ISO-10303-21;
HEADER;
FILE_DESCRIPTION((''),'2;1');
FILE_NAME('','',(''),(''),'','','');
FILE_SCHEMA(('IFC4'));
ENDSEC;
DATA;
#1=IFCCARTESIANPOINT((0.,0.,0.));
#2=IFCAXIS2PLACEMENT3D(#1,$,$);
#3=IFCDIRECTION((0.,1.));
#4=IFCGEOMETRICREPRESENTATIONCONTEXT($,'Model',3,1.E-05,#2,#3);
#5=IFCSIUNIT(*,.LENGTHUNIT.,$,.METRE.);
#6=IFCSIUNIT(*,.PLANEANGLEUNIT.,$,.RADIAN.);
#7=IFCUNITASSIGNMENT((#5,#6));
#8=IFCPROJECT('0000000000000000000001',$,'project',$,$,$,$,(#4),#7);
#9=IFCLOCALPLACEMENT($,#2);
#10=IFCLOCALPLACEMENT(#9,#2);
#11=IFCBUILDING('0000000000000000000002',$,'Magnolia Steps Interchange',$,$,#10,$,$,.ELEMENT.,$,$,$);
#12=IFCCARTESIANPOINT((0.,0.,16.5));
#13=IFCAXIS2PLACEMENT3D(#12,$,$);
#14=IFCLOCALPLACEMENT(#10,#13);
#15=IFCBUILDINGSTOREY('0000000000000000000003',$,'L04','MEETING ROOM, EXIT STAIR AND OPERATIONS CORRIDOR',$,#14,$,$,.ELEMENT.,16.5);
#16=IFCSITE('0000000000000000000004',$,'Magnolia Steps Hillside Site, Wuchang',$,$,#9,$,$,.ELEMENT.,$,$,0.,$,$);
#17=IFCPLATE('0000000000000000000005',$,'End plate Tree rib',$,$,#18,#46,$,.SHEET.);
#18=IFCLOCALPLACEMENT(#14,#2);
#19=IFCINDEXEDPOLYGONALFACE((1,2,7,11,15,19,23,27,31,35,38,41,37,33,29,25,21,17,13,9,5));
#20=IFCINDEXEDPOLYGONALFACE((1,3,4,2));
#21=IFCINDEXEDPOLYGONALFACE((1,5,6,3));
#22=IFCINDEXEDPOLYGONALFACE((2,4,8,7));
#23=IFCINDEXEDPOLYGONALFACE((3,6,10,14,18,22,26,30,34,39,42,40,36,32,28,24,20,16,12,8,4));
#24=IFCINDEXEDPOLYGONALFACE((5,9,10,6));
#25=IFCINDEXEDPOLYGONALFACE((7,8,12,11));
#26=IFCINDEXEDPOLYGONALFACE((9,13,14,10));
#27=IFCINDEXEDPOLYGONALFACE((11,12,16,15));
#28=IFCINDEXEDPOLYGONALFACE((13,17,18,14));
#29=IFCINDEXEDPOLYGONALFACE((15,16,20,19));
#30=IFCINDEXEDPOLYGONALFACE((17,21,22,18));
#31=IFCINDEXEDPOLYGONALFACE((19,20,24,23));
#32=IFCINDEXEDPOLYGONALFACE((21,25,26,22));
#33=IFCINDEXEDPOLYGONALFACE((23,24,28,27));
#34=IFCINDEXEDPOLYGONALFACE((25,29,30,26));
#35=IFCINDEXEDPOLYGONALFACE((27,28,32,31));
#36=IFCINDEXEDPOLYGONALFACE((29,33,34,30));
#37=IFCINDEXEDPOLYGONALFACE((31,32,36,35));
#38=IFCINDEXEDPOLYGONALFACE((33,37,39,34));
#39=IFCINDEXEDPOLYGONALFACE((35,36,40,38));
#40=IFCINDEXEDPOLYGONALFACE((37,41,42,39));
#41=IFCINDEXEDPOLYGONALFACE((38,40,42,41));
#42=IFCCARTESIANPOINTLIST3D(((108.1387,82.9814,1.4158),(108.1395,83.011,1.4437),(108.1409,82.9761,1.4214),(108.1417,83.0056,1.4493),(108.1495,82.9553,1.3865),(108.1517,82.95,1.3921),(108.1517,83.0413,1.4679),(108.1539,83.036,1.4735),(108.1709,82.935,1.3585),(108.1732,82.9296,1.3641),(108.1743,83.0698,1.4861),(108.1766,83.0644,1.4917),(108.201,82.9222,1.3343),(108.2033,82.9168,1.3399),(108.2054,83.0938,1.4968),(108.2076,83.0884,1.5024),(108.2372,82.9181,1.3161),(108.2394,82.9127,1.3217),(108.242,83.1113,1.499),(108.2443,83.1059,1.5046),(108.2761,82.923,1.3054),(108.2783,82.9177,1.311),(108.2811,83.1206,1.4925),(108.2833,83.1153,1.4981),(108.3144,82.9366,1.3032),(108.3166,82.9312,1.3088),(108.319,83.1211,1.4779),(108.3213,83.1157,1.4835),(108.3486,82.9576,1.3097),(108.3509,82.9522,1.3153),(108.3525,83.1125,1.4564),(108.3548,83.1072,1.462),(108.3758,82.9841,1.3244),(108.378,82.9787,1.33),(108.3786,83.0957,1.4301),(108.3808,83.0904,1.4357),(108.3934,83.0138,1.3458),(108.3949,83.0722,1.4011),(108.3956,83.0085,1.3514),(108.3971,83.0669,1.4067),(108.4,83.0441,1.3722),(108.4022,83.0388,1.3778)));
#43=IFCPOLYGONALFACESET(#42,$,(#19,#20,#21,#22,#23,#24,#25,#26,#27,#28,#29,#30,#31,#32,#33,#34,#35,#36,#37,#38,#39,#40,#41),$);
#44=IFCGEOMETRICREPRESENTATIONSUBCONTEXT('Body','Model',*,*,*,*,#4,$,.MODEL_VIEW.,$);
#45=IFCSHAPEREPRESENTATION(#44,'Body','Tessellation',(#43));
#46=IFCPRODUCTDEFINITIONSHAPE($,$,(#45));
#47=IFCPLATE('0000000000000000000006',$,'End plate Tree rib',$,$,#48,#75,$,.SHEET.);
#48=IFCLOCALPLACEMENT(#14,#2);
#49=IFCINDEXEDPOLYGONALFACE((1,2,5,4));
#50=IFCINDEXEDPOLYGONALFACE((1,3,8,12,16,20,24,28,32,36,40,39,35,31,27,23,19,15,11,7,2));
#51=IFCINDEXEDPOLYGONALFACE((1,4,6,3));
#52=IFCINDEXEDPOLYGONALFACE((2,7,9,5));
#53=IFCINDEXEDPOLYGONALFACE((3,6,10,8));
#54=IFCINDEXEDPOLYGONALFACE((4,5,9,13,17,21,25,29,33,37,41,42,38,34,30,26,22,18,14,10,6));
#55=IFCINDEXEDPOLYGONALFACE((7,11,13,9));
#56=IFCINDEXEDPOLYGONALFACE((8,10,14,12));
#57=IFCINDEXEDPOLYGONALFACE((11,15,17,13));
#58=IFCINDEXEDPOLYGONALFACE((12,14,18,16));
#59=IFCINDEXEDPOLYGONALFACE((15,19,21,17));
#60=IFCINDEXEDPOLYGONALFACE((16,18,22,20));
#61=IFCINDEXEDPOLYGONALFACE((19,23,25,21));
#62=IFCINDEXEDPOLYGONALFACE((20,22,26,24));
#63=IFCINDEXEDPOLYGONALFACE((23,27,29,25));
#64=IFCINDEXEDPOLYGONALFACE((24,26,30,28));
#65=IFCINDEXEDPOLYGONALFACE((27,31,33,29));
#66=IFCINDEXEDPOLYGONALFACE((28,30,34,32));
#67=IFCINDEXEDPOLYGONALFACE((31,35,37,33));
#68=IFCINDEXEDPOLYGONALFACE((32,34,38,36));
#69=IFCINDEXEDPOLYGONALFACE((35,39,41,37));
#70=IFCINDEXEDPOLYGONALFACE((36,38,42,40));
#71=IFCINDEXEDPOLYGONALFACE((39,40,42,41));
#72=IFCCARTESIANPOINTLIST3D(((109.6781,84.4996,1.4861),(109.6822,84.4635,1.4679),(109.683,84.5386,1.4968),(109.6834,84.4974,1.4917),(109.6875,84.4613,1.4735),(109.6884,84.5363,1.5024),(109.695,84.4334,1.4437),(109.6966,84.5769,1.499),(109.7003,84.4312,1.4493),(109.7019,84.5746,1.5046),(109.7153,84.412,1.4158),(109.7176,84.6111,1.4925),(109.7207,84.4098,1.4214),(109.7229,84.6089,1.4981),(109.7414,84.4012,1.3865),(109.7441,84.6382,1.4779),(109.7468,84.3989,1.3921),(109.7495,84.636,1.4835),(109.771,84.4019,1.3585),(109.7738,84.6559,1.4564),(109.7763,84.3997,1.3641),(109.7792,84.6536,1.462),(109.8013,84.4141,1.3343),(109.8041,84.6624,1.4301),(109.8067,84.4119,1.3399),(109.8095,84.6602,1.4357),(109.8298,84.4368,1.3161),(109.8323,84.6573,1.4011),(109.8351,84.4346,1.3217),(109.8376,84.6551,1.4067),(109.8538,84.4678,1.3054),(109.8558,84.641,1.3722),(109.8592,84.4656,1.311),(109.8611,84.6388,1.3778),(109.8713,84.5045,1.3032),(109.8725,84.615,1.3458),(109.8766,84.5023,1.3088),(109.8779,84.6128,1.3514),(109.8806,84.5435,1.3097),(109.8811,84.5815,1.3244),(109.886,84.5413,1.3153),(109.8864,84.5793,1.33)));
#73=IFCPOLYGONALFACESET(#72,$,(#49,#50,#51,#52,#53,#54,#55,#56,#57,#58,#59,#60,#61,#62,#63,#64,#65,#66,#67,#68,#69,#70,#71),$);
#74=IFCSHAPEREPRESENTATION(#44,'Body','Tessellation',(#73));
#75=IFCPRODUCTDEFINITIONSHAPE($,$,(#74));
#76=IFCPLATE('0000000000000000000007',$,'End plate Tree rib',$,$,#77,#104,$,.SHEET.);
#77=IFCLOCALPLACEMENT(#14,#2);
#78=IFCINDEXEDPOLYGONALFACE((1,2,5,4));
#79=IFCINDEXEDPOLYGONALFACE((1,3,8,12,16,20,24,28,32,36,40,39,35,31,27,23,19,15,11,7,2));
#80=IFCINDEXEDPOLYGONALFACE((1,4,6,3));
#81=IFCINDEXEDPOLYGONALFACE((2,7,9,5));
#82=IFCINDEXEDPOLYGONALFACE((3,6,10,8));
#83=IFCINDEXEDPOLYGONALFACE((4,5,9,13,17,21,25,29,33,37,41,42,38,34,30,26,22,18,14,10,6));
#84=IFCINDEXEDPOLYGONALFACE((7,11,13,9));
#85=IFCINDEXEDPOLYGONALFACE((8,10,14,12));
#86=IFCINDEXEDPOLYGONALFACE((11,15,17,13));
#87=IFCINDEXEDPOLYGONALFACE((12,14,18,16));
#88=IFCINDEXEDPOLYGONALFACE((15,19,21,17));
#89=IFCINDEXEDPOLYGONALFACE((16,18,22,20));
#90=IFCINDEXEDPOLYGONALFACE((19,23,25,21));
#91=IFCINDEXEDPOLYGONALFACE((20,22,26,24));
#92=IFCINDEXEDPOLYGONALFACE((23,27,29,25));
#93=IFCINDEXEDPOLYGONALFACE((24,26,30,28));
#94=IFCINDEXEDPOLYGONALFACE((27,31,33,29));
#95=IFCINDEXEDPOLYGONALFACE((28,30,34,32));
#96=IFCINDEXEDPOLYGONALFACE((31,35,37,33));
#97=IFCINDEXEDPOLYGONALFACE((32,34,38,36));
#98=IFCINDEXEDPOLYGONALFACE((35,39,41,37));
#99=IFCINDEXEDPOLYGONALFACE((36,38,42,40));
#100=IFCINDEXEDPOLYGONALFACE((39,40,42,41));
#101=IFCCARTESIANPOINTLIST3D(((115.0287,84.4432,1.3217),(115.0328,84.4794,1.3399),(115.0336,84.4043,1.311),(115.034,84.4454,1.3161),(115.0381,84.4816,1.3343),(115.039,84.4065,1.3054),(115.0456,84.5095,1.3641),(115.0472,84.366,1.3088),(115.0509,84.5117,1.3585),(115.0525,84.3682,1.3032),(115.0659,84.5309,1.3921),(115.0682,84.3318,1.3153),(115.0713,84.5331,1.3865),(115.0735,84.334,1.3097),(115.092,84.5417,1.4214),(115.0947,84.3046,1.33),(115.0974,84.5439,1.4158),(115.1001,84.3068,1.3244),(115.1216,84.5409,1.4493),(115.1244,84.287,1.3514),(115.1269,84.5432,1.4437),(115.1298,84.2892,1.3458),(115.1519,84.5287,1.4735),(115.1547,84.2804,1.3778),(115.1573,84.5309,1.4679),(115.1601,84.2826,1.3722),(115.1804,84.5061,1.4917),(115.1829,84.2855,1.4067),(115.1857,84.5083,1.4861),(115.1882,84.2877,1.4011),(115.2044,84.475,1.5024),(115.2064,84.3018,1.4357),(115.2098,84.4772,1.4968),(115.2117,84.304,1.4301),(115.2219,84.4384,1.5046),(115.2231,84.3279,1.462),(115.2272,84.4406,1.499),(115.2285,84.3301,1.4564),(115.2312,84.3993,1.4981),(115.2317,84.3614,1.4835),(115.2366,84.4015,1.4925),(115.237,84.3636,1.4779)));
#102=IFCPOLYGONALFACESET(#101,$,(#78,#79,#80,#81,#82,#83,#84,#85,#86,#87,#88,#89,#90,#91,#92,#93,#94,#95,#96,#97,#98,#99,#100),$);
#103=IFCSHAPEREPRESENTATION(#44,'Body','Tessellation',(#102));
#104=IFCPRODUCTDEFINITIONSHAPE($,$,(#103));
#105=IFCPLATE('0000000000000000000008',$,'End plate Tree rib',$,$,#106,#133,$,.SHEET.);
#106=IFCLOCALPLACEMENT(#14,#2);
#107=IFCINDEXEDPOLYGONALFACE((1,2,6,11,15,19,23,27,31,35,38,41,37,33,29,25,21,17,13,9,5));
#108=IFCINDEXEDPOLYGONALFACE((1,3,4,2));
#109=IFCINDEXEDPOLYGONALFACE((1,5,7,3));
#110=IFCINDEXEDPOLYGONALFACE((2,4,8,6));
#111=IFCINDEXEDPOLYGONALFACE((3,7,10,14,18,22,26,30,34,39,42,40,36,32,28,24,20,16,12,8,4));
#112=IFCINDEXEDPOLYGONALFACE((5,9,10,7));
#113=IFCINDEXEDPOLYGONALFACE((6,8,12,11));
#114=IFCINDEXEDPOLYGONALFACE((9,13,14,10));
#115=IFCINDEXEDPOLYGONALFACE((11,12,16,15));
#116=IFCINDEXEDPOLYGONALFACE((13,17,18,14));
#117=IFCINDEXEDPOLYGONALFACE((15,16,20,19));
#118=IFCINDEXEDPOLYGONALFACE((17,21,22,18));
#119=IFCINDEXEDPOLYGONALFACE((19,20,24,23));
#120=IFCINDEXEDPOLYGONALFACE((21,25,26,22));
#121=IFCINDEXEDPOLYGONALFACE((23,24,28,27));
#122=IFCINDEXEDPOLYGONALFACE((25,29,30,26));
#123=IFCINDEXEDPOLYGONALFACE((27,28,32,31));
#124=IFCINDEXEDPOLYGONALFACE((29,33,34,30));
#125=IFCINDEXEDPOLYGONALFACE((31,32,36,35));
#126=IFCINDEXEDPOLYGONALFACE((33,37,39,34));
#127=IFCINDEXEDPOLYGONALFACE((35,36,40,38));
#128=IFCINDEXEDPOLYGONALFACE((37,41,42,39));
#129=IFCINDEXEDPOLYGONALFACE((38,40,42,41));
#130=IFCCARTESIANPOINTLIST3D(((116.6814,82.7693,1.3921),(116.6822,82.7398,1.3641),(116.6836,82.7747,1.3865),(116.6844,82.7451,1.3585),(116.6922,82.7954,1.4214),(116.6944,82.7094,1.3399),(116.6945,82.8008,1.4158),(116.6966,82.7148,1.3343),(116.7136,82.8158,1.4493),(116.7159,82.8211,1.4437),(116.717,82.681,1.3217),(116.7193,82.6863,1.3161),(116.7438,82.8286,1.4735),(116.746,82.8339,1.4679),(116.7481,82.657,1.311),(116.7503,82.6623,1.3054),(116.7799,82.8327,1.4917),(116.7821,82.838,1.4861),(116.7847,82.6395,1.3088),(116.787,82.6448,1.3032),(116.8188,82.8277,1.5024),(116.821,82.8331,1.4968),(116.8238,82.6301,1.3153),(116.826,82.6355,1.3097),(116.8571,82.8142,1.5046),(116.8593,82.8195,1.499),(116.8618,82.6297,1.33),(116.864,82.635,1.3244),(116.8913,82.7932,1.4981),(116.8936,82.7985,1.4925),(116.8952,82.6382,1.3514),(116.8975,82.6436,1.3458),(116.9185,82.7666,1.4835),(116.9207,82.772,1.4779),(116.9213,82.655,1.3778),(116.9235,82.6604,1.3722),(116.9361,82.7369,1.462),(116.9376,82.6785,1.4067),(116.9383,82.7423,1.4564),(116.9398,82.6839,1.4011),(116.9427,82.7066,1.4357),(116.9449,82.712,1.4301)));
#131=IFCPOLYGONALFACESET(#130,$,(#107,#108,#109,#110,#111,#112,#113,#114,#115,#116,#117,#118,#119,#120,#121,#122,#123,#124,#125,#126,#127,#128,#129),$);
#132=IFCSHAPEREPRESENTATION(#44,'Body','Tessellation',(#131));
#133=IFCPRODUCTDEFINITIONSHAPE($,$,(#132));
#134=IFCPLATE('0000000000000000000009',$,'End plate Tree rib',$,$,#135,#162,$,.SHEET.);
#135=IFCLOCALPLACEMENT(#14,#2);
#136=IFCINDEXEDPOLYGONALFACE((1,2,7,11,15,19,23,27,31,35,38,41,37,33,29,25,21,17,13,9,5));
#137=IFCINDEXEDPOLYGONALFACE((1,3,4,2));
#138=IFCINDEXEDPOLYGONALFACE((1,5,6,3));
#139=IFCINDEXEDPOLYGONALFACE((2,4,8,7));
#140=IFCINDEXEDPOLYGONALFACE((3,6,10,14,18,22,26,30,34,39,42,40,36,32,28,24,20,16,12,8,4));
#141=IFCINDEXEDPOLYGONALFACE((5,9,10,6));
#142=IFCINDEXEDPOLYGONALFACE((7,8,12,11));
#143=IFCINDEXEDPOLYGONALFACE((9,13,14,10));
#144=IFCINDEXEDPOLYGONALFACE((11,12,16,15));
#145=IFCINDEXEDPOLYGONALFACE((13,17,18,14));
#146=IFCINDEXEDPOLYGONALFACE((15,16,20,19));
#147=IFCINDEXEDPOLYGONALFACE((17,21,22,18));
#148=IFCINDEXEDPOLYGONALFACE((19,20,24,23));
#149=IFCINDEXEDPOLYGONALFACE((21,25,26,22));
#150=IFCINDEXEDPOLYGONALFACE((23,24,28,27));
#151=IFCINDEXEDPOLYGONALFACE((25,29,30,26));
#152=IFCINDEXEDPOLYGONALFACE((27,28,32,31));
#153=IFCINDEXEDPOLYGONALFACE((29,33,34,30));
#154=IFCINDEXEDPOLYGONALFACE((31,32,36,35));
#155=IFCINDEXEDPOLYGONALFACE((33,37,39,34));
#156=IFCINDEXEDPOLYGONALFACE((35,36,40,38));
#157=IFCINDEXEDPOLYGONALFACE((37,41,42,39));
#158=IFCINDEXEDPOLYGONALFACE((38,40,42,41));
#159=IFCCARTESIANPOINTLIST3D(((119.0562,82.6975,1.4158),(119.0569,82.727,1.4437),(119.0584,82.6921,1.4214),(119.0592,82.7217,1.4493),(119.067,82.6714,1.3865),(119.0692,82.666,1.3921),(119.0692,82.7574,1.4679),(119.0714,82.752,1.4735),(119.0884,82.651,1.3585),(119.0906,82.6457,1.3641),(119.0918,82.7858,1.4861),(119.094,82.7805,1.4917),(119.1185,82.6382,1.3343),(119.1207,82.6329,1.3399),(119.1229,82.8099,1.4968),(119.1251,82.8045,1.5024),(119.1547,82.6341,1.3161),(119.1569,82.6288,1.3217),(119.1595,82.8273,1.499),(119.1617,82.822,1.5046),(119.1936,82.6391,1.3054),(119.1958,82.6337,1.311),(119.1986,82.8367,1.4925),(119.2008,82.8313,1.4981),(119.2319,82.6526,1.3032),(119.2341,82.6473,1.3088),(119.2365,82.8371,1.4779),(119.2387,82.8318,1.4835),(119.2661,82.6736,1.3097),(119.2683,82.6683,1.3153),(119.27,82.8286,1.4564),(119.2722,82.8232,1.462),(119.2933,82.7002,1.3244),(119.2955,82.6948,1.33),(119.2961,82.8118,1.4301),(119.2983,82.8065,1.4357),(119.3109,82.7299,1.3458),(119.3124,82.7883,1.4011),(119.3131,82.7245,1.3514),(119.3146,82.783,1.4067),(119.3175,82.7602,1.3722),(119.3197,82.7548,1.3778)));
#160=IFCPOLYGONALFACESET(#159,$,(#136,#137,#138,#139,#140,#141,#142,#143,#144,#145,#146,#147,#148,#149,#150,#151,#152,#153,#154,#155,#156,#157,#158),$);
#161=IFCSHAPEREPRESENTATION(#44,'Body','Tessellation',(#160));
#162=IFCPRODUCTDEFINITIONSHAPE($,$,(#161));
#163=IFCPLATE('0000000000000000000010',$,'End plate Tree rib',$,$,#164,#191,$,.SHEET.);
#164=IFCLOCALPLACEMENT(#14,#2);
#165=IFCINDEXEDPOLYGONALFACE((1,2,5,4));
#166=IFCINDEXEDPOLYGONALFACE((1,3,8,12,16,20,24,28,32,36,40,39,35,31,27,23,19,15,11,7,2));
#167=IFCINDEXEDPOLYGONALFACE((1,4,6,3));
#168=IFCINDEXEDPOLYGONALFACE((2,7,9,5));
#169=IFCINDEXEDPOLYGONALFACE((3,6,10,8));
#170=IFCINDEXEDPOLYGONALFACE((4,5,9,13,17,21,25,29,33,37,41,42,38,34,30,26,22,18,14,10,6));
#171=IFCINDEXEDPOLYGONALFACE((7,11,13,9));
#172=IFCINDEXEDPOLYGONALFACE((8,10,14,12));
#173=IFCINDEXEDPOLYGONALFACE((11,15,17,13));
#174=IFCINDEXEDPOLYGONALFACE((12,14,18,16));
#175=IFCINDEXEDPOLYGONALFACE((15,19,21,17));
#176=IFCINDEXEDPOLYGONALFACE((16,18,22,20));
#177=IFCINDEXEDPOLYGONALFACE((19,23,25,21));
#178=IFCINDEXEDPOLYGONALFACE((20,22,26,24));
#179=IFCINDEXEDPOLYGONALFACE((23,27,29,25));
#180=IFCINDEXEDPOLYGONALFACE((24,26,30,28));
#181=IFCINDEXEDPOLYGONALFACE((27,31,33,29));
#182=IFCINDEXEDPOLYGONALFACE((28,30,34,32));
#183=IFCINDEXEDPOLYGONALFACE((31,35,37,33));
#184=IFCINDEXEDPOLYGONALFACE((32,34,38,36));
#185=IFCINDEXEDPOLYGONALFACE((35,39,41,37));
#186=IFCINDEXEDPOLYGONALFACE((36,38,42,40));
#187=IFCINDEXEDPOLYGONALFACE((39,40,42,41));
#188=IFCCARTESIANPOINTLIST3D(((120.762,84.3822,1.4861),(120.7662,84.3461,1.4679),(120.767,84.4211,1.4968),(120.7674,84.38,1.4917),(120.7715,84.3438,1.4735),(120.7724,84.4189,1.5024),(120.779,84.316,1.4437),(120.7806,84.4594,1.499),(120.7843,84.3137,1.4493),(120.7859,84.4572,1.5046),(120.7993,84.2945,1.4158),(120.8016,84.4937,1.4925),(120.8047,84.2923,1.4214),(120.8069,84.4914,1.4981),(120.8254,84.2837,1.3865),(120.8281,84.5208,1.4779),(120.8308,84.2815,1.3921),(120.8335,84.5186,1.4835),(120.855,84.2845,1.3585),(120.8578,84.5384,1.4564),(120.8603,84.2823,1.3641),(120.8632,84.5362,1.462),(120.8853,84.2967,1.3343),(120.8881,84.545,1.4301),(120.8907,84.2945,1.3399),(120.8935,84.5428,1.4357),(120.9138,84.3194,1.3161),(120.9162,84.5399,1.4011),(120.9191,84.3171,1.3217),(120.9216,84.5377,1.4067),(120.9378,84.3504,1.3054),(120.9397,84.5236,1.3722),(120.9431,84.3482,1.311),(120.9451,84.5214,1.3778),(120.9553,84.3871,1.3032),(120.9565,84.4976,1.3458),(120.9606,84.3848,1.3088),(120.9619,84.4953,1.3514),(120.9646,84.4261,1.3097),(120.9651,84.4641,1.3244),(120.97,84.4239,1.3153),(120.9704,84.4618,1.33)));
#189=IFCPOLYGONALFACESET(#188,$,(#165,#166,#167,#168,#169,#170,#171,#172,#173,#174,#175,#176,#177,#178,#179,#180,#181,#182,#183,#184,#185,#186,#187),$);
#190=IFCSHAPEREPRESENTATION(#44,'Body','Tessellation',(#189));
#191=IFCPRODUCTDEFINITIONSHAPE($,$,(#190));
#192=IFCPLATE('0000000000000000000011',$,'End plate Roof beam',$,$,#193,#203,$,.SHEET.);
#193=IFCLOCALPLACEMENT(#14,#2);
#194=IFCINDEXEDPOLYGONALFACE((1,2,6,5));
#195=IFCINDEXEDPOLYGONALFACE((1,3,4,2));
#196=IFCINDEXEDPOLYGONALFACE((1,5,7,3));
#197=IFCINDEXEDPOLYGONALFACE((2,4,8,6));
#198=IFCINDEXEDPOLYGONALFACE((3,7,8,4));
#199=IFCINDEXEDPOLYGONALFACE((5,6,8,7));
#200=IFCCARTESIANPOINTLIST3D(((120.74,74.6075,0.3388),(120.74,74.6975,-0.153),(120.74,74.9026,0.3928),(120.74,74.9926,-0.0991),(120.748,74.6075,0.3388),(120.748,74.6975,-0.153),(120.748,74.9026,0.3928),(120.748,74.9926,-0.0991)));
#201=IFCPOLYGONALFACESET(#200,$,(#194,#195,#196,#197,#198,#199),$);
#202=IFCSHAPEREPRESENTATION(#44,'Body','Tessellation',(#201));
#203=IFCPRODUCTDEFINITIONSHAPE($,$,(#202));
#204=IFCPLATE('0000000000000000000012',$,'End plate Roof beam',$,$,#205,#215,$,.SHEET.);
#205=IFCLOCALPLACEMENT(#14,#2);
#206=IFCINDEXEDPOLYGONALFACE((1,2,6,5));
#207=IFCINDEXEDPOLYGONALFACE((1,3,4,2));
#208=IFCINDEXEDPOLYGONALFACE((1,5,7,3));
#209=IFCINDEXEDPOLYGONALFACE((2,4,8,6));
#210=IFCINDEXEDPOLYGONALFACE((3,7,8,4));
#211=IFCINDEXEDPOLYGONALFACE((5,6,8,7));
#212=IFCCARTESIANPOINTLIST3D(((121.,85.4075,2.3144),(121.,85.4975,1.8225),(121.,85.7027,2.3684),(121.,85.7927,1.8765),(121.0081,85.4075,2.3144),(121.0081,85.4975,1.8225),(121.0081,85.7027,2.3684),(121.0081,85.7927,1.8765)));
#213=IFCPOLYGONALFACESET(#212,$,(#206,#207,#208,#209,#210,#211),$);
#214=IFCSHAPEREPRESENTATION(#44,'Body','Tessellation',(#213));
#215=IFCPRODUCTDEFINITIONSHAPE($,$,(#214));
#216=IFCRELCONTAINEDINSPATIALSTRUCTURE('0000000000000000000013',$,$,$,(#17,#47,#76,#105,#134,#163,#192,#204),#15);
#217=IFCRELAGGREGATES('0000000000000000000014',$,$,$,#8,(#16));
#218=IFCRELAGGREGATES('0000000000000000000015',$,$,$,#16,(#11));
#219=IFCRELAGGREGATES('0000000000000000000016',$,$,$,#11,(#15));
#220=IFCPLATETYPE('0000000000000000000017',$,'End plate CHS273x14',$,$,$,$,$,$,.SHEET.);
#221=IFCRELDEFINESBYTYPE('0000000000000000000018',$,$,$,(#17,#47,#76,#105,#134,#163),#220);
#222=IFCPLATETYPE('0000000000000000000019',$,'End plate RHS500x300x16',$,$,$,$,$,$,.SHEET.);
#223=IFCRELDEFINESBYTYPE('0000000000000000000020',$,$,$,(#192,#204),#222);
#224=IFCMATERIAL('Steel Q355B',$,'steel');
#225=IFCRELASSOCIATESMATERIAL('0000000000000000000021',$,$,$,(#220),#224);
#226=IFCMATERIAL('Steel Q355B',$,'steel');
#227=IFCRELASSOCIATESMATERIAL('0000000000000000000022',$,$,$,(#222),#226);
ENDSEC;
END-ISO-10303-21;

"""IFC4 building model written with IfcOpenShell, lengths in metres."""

from ifc_helpers import new_model, si_unit, direction, frame, origin, origin_2d, place, context, subcontext, project, spatial, rectangle, circle, extrude, material, material_profile, profile_set, type_object, element, save


model = new_model("IFC4")

# Units and contexts
model_context = context("Model", 3, precision=1e-05, world=origin(), true_north=direction((0.0, 1.0)))
body_context = subcontext(model_context, "Body", "Model", "MODEL_VIEW")
ifc_project = project(units=[si_unit("LENGTHUNIT", "METRE"), si_unit("PLANEANGLEUNIT", "RADIAN")], contexts=[model_context])

# Site, building, storey
site_placement = place(None, origin())
site = spatial("IfcSite", under=ifc_project, at=site_placement, Name="Magnolia Steps Hillside Site, Wuchang", CompositionType="ELEMENT", RefElevation=0.0)
building_placement = place(site_placement, origin())
building = spatial("IfcBuilding", under=site, at=building_placement, Name="Magnolia Steps Interchange", CompositionType="ELEMENT")
storey_placement = place(building_placement, frame((0.0, 0.0, 16.5)))
storey = spatial("IfcBuildingStorey", under=building, at=storey_placement, Name="L04", Description="MEETING ROOM, EXIT STAIR AND OPERATIONS CORRIDOR", CompositionType="ELEMENT", Elevation=16.5)

# Plates
ifc_material_1 = material(Name="Steel Q355B", Category="steel")
ifc_material_profile_1 = material_profile(ifc_material_1, circle(Radius=0.1365, at=origin_2d()), Name="End plate CHS273x14")
ifc_profile_set_1 = profile_set([ifc_material_profile_1], Name="Steel Q355B")
plate_type_1 = type_object("IfcPlateType", Name="End plate CHS273x14", PredefinedType="SHEET", material=ifc_profile_set_1)
for number, where, z_axis, x_axis, name in (
    (1, (108.2688, 83.02, 1.4011), (0.275279, -0.664583, 0.694658), (0.92388, 0.382683, 0.0), "End plate Tree rib"),
    (2, (109.78, 84.5312, 1.4011), (0.664583, -0.275279, 0.694658), (0.382683, 0.92388, 0.0), "End plate Tree rib"),
    (3, (115.136, 84.4138, 1.4011), (-0.664583, -0.275279, 0.694658), (0.382683, -0.92388, 0.0), "End plate Tree rib"),
    (4, (116.8137, 82.7361, 1.4011), (-0.275279, -0.664583, 0.694658), (0.92388, -0.382683, 0.0), "End plate Tree rib"),
    (5, (119.1863, 82.7361, 1.4011), (0.275279, -0.664583, 0.694658), (0.92388, 0.382683, 0.0), "End plate Tree rib"),
    (6, (120.864, 84.4138, 1.4011), (0.664583, -0.275279, 0.694658), (0.382683, 0.92388, 0.0), "End plate Tree rib"),
):
    element("IfcPlate", number, at=place(storey_placement, frame(where, z_axis=z_axis, x_axis=x_axis)), inside=storey, type_object=plate_type_1, Name=name, PredefinedType="SHEET", context=body_context, shape_type="SweptSolid", body=[
        extrude(circle(Radius=0.1365, at=origin_2d()), origin(), (0.0, 0.0, 1.0), 0.0081),
    ])
ifc_material_2 = material(Name="Steel Q355B", Category="steel")
ifc_material_profile_2 = material_profile(ifc_material_2, rectangle(XDim=0.3, YDim=0.5, at=origin_2d()), Name="End plate RHS500x300x16")
ifc_profile_set_2 = profile_set([ifc_material_profile_2], Name="Steel Q355B")
plate_type_2 = type_object("IfcPlateType", Name="End plate RHS500x300x16", PredefinedType="SHEET", material=ifc_profile_set_2)
for number, where, z_axis, x_axis, name in (
    (7, (120.74, 74.8, 0.1199), (1.0, 0.0, 0.0), (0.0, 0.983677, 0.179941), "End plate Roof beam"),
    (8, (121.0, 85.6001, 2.0955), (1.0, 0.0, 0.0), (0.0, 0.983677, 0.179941), "End plate Roof beam"),
):
    element("IfcPlate", number, at=place(storey_placement, frame(where, z_axis=z_axis, x_axis=x_axis)), inside=storey, type_object=plate_type_2, Name=name, PredefinedType="SHEET", context=body_context, shape_type="SweptSolid", body=[
        extrude(rectangle(XDim=0.3, YDim=0.5, at=origin_2d()), origin(), (0.0, 0.0, 1.0), 0.0081),
    ])

save(model, "model.ifc")
